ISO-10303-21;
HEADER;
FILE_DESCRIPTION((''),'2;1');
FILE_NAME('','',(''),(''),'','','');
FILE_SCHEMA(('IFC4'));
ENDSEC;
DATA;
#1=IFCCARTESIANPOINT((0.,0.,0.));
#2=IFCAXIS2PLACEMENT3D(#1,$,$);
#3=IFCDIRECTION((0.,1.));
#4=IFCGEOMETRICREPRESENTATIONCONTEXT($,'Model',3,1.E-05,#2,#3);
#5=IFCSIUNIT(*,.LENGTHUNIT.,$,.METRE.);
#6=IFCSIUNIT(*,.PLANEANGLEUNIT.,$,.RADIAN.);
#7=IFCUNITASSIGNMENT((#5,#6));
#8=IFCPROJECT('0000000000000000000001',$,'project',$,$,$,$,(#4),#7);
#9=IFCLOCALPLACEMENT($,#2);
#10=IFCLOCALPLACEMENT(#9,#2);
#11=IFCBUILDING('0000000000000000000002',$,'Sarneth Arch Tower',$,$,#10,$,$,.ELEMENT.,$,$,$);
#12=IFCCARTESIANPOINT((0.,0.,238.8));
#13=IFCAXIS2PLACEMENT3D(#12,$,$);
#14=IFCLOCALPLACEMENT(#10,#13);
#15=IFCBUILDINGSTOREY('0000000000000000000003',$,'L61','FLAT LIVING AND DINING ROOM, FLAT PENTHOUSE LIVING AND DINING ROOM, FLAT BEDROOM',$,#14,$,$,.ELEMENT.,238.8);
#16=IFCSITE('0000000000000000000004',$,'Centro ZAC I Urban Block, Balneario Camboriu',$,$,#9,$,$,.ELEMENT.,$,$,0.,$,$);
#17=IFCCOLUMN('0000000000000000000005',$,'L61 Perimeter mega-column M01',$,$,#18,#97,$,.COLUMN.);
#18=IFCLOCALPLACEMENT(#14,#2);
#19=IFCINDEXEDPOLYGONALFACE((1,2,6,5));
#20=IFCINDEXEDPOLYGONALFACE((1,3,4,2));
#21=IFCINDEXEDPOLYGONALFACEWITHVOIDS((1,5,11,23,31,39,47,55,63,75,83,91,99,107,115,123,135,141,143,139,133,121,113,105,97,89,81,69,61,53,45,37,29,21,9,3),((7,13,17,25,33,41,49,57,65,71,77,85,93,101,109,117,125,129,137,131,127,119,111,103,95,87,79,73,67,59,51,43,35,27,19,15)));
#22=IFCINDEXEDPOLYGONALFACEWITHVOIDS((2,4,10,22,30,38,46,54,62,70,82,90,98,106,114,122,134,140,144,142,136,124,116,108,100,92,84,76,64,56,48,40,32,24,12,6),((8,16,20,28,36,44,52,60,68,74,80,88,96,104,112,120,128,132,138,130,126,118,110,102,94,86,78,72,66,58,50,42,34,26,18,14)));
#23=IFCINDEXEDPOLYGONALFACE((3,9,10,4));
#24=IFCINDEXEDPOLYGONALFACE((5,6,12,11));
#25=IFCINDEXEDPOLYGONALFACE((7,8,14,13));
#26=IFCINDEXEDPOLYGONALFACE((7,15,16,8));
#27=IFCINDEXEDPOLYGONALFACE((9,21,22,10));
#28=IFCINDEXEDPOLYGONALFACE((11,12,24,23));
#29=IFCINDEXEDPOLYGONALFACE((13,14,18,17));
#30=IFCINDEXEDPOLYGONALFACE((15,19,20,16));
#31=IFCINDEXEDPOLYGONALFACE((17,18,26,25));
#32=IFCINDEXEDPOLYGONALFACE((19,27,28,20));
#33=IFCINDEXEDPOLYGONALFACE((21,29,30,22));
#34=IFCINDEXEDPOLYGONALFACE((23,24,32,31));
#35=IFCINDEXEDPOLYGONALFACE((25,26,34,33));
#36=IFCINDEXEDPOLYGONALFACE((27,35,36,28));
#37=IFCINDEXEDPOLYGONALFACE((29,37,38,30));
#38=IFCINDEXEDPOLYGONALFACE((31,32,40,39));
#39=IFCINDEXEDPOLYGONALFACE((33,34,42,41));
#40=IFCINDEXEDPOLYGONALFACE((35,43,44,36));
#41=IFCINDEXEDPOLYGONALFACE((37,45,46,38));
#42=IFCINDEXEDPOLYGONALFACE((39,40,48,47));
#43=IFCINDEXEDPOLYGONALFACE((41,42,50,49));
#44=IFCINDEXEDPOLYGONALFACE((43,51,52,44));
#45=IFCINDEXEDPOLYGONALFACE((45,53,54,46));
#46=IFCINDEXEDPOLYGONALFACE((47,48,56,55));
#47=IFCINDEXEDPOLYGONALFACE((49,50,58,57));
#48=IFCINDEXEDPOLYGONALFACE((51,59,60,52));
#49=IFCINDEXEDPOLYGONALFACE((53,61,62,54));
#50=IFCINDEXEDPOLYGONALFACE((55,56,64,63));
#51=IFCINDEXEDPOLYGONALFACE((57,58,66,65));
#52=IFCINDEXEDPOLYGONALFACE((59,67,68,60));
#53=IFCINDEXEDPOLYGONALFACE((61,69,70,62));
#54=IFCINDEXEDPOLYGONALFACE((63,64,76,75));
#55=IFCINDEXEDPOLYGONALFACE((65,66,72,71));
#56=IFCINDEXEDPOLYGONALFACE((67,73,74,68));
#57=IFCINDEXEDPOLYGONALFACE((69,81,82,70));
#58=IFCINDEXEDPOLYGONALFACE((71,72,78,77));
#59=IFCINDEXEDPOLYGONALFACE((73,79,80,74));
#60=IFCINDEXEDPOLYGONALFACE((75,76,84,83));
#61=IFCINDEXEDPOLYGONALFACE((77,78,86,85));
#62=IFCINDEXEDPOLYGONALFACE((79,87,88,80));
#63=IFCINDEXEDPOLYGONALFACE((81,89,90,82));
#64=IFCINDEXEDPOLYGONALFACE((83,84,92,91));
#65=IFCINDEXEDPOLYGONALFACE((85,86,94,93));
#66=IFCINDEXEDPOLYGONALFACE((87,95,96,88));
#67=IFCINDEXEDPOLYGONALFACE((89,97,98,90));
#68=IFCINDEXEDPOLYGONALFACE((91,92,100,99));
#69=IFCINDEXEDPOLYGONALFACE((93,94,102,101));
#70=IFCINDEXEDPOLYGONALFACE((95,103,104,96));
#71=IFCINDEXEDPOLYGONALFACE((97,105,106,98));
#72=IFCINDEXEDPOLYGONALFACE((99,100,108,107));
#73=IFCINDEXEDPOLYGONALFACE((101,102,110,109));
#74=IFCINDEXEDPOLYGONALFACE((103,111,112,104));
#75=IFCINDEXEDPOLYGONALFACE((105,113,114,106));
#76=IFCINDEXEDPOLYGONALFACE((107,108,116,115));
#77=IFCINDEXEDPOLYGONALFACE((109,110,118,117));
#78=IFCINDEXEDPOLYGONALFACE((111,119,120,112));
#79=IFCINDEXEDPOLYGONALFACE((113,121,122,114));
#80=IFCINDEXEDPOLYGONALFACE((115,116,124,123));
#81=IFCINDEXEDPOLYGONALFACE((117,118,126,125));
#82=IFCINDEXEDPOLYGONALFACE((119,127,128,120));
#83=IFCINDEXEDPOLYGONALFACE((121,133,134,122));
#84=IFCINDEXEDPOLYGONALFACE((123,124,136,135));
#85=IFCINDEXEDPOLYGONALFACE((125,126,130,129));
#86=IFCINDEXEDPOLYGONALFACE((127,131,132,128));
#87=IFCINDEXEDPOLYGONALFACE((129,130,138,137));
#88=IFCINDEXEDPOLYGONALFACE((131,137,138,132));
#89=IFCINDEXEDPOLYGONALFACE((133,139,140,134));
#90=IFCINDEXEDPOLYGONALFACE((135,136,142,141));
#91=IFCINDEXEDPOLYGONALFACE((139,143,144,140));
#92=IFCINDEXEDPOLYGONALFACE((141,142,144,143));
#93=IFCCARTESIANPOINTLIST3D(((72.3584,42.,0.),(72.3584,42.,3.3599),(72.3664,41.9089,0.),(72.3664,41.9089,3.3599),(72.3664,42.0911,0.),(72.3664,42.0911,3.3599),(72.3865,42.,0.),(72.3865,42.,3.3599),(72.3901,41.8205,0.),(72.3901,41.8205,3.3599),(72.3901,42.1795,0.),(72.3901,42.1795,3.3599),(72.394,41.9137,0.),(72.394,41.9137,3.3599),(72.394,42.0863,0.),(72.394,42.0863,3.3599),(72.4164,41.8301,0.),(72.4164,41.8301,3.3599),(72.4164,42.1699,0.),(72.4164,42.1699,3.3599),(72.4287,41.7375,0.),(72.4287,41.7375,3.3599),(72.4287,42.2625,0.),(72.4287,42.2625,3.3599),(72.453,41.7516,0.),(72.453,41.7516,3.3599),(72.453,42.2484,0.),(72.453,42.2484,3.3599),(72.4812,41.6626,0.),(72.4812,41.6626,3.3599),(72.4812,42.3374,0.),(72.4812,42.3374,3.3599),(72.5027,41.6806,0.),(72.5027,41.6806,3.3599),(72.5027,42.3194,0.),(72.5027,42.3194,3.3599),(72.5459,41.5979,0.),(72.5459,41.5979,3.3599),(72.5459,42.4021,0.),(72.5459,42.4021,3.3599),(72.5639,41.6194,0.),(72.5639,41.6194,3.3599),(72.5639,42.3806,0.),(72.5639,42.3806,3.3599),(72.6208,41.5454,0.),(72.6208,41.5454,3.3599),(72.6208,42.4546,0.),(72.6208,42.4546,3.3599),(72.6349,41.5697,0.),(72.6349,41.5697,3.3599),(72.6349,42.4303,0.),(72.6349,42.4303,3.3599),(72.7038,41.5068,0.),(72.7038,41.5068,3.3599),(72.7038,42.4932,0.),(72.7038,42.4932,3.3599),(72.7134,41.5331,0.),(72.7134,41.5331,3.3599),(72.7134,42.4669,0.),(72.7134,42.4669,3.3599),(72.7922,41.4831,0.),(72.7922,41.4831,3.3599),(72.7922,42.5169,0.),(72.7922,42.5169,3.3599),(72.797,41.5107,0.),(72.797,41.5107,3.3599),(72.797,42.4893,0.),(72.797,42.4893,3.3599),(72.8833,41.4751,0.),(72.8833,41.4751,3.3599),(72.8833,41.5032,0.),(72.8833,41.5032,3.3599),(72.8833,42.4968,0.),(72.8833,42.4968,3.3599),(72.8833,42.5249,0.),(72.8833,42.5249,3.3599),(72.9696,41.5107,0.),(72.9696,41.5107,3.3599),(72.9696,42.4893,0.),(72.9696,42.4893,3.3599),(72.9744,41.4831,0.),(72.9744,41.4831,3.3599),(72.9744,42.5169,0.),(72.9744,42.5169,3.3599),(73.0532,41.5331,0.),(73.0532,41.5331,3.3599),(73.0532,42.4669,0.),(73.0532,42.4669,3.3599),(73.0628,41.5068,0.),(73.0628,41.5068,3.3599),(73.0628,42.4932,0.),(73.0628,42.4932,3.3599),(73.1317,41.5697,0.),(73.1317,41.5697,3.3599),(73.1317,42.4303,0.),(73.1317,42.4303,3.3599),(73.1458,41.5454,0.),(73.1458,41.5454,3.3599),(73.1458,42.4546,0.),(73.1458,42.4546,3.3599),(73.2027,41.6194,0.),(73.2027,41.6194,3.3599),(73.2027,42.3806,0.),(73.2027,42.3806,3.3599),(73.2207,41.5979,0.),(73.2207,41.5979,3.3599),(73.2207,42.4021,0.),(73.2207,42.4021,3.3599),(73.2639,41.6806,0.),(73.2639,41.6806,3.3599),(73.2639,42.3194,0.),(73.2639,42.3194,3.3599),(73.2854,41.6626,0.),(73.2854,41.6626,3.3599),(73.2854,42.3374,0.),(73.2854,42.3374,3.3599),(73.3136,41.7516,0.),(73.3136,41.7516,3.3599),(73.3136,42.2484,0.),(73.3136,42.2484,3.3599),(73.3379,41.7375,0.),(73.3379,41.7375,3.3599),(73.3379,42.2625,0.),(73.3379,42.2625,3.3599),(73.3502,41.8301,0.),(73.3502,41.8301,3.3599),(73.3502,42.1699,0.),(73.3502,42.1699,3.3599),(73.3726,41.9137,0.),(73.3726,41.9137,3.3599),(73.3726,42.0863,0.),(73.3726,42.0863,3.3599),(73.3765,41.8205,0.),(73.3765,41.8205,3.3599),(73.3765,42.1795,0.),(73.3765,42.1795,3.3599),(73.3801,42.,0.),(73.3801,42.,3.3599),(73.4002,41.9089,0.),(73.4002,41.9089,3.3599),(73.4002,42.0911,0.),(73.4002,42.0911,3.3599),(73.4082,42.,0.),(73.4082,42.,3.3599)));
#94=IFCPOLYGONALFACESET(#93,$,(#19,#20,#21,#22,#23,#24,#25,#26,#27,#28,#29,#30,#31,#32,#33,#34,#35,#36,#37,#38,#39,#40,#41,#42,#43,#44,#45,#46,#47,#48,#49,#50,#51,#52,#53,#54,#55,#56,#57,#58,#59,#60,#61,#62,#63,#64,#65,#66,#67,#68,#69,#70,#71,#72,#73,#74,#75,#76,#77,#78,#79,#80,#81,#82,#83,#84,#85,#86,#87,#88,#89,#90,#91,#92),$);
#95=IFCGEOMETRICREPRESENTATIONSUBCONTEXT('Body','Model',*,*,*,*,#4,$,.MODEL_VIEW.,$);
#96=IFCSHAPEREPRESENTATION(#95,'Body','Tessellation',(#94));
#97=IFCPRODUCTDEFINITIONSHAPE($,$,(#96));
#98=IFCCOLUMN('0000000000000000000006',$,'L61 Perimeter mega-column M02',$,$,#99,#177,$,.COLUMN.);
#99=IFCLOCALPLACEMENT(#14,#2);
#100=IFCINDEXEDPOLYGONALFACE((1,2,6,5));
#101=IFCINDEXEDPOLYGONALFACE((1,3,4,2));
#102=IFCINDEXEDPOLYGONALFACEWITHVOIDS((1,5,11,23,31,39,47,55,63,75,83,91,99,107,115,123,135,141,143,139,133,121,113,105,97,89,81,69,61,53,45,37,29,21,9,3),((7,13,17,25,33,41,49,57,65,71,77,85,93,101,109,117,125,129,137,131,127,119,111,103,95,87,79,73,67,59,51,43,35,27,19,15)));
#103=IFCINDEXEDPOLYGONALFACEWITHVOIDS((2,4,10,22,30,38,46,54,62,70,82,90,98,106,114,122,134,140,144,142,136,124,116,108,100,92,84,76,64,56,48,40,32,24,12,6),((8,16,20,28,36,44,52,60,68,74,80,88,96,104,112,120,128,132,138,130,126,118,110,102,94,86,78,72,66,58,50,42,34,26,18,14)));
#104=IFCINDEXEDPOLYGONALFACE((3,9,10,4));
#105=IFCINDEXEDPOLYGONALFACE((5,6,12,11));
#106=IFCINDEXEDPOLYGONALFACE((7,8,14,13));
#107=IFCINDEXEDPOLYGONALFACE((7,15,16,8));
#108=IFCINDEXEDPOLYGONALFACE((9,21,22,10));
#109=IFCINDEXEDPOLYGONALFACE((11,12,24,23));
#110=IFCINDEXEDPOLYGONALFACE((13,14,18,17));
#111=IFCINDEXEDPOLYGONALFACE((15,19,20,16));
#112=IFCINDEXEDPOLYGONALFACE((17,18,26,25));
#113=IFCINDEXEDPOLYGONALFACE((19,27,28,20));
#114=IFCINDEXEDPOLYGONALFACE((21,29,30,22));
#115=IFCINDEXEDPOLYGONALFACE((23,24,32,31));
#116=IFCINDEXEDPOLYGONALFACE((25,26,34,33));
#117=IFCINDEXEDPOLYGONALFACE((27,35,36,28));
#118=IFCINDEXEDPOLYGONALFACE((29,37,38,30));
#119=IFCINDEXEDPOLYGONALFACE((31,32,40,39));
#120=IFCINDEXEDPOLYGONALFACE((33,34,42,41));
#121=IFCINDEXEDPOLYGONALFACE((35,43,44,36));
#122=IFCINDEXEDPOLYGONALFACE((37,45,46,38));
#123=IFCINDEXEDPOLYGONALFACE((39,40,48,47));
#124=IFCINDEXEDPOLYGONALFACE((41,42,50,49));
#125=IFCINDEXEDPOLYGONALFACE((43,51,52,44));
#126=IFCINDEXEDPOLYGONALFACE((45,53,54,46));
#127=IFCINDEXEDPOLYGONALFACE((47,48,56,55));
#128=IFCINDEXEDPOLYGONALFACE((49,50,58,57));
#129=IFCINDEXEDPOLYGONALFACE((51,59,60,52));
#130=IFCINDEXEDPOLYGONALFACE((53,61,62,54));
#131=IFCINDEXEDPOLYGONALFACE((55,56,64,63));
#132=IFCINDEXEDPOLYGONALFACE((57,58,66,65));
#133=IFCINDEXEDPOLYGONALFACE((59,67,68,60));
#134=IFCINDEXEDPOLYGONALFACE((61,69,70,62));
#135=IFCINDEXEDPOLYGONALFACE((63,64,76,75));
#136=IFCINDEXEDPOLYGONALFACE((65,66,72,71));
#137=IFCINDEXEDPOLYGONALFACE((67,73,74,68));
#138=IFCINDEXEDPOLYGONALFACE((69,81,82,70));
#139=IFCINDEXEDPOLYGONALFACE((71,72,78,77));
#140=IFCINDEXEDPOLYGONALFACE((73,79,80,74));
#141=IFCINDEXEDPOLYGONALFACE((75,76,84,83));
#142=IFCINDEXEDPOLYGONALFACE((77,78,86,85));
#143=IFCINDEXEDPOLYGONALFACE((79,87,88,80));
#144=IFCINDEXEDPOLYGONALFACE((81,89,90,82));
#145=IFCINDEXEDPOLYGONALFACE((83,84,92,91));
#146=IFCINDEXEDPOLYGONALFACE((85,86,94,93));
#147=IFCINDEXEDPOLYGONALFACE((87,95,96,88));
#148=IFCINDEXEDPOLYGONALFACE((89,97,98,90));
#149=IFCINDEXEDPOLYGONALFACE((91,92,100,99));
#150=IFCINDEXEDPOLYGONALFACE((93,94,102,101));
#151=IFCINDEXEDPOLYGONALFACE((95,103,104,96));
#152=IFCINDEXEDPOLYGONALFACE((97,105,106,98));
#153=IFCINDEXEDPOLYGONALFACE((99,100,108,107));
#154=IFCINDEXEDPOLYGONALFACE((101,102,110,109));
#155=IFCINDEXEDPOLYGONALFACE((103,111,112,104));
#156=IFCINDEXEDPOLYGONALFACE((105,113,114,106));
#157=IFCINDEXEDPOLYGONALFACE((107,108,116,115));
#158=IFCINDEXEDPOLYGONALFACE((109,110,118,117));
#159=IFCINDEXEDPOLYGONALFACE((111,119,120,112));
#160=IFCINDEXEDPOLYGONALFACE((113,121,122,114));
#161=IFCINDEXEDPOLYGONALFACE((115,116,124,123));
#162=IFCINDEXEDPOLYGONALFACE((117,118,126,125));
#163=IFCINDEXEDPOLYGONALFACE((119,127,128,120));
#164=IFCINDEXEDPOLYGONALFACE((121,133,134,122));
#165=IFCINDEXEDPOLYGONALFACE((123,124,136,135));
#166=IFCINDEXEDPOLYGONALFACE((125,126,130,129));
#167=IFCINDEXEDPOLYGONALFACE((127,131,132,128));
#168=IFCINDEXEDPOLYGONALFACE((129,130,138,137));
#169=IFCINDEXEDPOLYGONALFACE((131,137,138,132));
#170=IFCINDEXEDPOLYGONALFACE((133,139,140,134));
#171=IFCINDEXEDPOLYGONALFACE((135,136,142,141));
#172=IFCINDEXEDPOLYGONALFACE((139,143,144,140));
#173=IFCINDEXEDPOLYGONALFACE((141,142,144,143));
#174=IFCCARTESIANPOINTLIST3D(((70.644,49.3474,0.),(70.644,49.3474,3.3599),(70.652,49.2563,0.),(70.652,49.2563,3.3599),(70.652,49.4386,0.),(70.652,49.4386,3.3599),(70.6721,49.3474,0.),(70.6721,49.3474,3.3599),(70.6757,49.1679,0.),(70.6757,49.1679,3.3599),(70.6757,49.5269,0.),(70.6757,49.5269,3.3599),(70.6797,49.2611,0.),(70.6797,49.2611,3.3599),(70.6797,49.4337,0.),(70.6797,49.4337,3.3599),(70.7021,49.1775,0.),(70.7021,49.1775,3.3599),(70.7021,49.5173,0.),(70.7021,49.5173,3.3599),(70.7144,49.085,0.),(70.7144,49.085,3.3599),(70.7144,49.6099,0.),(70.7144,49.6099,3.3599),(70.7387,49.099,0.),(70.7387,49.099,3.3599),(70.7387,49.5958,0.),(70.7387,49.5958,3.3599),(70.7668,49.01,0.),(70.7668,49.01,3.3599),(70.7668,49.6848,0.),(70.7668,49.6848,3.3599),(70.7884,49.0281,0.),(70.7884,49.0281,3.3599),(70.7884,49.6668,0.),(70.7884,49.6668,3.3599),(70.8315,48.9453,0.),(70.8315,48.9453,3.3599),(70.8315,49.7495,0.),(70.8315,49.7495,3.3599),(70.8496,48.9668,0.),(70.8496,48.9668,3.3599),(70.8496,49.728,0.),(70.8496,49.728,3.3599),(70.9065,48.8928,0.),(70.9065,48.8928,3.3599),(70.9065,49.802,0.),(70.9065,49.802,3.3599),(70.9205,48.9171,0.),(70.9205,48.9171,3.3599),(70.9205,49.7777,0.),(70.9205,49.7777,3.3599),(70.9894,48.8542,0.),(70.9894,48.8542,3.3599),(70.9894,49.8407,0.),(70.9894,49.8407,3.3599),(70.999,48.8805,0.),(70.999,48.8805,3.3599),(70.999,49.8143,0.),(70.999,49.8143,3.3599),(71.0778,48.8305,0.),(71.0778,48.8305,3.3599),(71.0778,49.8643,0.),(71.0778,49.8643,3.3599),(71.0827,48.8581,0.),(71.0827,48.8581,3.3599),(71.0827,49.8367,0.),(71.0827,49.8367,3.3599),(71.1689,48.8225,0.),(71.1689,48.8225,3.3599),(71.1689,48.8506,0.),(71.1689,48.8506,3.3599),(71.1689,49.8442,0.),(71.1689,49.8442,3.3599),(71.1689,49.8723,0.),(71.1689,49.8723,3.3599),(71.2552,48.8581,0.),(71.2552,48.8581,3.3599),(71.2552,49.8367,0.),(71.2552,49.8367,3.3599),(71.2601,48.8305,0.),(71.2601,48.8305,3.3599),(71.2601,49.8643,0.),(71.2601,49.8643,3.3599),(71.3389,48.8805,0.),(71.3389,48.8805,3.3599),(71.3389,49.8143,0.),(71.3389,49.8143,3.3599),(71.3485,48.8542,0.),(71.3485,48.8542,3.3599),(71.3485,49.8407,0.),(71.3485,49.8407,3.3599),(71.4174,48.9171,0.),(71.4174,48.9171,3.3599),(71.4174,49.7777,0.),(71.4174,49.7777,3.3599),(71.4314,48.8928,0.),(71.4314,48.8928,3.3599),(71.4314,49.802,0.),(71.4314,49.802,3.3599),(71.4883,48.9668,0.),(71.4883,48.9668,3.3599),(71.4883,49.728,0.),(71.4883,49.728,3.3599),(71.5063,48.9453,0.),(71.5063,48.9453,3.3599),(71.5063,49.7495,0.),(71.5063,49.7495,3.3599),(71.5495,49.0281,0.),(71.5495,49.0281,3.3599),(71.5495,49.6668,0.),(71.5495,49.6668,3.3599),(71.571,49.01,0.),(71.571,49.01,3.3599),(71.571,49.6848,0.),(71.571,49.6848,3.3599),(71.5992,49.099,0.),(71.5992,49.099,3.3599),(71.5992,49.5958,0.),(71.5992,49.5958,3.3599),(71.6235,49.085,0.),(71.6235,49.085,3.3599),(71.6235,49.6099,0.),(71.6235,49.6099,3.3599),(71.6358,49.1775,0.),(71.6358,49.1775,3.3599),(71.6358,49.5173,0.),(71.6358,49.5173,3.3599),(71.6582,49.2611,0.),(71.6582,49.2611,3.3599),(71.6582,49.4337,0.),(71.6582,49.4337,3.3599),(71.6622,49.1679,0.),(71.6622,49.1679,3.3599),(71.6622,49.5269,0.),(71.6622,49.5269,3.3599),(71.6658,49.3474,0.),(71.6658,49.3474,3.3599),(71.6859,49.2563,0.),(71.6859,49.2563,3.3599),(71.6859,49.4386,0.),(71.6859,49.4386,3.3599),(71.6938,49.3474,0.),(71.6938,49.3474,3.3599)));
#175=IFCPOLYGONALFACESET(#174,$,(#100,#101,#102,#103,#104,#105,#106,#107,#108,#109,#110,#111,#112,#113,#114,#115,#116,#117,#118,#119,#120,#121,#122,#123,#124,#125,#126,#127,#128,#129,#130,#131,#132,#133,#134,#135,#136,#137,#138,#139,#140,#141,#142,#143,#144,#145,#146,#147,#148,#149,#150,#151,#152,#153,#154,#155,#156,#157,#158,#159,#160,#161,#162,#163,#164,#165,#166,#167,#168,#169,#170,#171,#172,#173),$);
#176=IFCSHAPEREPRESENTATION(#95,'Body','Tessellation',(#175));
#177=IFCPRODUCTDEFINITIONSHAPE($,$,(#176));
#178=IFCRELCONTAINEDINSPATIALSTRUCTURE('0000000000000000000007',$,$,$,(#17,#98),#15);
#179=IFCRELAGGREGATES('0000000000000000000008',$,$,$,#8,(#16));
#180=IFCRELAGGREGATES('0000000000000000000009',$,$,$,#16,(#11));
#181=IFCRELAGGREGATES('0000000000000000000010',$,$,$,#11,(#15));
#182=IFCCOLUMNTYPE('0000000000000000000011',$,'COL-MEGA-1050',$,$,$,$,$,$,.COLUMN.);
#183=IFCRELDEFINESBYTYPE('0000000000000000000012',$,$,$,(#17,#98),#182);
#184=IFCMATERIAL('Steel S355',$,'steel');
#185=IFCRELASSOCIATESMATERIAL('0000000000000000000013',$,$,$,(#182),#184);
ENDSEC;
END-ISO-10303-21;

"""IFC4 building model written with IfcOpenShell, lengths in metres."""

from ifc_helpers import new_model, si_unit, direction, frame, origin, origin_2d, place, context, subcontext, project, spatial, hollow_circle, extrude, material, material_profile, profile_set, type_object, element, save


model = new_model("IFC4")

# Units and contexts
model_context = context("Model", 3, precision=1e-05, world=origin(), true_north=direction((0.0, 1.0)))
body_context = subcontext(model_context, "Body", "Model", "MODEL_VIEW")
ifc_project = project(units=[si_unit("LENGTHUNIT", "METRE"), si_unit("PLANEANGLEUNIT", "RADIAN")], contexts=[model_context])

# Site, building, storey
site_placement = place(None, origin())
site = spatial("IfcSite", under=ifc_project, at=site_placement, Name="Centro ZAC I Urban Block, Balneario Camboriu", CompositionType="ELEMENT", RefElevation=0.0)
building_placement = place(site_placement, origin())
building = spatial("IfcBuilding", under=site, at=building_placement, Name="Sarneth Arch Tower", CompositionType="ELEMENT")
storey_placement = place(building_placement, frame((0.0, 0.0, 238.8)))
storey = spatial("IfcBuildingStorey", under=building, at=storey_placement, Name="L61", Description="FLAT LIVING AND DINING ROOM, FLAT PENTHOUSE LIVING AND DINING ROOM, FLAT BEDROOM", CompositionType="ELEMENT", Elevation=238.8)

# Columns
ifc_material_1 = material(Name="Steel S355", Category="steel")
ifc_material_profile_1 = material_profile(ifc_material_1, hollow_circle(Radius=0.5249, WallThickness=0.0281, at=origin_2d()), Name="CHS1050x28")
ifc_profile_set_1 = profile_set([ifc_material_profile_1], Name="Steel S355")
column_type = type_object("IfcColumnType", Name="COL-MEGA-1050", PredefinedType="COLUMN", material=ifc_profile_set_1)
for number, where, z_axis, x_axis, name in (
    (1, (72.8833, 42.0, 0.0), (0.0, 0.0, 1.0), (1.0, 0.0, 0.0), "L61 Perimeter mega-column M01"),
    (2, (71.1689, 49.3474, 0.0), (0.0, 0.0, 1.0), (1.0, 0.0, 0.0), "L61 Perimeter mega-column M02"),
):
    element("IfcColumn", number, at=place(storey_placement, frame(where, z_axis=z_axis, x_axis=x_axis)), inside=storey, type_object=column_type, Name=name, PredefinedType="COLUMN", context=body_context, shape_type="SweptSolid", body=[
        extrude(hollow_circle(Radius=0.5249, WallThickness=0.0281, at=origin_2d()), origin(), (0.0, 0.0, 1.0), 3.3599),
    ])

save(model, "model.ifc")
